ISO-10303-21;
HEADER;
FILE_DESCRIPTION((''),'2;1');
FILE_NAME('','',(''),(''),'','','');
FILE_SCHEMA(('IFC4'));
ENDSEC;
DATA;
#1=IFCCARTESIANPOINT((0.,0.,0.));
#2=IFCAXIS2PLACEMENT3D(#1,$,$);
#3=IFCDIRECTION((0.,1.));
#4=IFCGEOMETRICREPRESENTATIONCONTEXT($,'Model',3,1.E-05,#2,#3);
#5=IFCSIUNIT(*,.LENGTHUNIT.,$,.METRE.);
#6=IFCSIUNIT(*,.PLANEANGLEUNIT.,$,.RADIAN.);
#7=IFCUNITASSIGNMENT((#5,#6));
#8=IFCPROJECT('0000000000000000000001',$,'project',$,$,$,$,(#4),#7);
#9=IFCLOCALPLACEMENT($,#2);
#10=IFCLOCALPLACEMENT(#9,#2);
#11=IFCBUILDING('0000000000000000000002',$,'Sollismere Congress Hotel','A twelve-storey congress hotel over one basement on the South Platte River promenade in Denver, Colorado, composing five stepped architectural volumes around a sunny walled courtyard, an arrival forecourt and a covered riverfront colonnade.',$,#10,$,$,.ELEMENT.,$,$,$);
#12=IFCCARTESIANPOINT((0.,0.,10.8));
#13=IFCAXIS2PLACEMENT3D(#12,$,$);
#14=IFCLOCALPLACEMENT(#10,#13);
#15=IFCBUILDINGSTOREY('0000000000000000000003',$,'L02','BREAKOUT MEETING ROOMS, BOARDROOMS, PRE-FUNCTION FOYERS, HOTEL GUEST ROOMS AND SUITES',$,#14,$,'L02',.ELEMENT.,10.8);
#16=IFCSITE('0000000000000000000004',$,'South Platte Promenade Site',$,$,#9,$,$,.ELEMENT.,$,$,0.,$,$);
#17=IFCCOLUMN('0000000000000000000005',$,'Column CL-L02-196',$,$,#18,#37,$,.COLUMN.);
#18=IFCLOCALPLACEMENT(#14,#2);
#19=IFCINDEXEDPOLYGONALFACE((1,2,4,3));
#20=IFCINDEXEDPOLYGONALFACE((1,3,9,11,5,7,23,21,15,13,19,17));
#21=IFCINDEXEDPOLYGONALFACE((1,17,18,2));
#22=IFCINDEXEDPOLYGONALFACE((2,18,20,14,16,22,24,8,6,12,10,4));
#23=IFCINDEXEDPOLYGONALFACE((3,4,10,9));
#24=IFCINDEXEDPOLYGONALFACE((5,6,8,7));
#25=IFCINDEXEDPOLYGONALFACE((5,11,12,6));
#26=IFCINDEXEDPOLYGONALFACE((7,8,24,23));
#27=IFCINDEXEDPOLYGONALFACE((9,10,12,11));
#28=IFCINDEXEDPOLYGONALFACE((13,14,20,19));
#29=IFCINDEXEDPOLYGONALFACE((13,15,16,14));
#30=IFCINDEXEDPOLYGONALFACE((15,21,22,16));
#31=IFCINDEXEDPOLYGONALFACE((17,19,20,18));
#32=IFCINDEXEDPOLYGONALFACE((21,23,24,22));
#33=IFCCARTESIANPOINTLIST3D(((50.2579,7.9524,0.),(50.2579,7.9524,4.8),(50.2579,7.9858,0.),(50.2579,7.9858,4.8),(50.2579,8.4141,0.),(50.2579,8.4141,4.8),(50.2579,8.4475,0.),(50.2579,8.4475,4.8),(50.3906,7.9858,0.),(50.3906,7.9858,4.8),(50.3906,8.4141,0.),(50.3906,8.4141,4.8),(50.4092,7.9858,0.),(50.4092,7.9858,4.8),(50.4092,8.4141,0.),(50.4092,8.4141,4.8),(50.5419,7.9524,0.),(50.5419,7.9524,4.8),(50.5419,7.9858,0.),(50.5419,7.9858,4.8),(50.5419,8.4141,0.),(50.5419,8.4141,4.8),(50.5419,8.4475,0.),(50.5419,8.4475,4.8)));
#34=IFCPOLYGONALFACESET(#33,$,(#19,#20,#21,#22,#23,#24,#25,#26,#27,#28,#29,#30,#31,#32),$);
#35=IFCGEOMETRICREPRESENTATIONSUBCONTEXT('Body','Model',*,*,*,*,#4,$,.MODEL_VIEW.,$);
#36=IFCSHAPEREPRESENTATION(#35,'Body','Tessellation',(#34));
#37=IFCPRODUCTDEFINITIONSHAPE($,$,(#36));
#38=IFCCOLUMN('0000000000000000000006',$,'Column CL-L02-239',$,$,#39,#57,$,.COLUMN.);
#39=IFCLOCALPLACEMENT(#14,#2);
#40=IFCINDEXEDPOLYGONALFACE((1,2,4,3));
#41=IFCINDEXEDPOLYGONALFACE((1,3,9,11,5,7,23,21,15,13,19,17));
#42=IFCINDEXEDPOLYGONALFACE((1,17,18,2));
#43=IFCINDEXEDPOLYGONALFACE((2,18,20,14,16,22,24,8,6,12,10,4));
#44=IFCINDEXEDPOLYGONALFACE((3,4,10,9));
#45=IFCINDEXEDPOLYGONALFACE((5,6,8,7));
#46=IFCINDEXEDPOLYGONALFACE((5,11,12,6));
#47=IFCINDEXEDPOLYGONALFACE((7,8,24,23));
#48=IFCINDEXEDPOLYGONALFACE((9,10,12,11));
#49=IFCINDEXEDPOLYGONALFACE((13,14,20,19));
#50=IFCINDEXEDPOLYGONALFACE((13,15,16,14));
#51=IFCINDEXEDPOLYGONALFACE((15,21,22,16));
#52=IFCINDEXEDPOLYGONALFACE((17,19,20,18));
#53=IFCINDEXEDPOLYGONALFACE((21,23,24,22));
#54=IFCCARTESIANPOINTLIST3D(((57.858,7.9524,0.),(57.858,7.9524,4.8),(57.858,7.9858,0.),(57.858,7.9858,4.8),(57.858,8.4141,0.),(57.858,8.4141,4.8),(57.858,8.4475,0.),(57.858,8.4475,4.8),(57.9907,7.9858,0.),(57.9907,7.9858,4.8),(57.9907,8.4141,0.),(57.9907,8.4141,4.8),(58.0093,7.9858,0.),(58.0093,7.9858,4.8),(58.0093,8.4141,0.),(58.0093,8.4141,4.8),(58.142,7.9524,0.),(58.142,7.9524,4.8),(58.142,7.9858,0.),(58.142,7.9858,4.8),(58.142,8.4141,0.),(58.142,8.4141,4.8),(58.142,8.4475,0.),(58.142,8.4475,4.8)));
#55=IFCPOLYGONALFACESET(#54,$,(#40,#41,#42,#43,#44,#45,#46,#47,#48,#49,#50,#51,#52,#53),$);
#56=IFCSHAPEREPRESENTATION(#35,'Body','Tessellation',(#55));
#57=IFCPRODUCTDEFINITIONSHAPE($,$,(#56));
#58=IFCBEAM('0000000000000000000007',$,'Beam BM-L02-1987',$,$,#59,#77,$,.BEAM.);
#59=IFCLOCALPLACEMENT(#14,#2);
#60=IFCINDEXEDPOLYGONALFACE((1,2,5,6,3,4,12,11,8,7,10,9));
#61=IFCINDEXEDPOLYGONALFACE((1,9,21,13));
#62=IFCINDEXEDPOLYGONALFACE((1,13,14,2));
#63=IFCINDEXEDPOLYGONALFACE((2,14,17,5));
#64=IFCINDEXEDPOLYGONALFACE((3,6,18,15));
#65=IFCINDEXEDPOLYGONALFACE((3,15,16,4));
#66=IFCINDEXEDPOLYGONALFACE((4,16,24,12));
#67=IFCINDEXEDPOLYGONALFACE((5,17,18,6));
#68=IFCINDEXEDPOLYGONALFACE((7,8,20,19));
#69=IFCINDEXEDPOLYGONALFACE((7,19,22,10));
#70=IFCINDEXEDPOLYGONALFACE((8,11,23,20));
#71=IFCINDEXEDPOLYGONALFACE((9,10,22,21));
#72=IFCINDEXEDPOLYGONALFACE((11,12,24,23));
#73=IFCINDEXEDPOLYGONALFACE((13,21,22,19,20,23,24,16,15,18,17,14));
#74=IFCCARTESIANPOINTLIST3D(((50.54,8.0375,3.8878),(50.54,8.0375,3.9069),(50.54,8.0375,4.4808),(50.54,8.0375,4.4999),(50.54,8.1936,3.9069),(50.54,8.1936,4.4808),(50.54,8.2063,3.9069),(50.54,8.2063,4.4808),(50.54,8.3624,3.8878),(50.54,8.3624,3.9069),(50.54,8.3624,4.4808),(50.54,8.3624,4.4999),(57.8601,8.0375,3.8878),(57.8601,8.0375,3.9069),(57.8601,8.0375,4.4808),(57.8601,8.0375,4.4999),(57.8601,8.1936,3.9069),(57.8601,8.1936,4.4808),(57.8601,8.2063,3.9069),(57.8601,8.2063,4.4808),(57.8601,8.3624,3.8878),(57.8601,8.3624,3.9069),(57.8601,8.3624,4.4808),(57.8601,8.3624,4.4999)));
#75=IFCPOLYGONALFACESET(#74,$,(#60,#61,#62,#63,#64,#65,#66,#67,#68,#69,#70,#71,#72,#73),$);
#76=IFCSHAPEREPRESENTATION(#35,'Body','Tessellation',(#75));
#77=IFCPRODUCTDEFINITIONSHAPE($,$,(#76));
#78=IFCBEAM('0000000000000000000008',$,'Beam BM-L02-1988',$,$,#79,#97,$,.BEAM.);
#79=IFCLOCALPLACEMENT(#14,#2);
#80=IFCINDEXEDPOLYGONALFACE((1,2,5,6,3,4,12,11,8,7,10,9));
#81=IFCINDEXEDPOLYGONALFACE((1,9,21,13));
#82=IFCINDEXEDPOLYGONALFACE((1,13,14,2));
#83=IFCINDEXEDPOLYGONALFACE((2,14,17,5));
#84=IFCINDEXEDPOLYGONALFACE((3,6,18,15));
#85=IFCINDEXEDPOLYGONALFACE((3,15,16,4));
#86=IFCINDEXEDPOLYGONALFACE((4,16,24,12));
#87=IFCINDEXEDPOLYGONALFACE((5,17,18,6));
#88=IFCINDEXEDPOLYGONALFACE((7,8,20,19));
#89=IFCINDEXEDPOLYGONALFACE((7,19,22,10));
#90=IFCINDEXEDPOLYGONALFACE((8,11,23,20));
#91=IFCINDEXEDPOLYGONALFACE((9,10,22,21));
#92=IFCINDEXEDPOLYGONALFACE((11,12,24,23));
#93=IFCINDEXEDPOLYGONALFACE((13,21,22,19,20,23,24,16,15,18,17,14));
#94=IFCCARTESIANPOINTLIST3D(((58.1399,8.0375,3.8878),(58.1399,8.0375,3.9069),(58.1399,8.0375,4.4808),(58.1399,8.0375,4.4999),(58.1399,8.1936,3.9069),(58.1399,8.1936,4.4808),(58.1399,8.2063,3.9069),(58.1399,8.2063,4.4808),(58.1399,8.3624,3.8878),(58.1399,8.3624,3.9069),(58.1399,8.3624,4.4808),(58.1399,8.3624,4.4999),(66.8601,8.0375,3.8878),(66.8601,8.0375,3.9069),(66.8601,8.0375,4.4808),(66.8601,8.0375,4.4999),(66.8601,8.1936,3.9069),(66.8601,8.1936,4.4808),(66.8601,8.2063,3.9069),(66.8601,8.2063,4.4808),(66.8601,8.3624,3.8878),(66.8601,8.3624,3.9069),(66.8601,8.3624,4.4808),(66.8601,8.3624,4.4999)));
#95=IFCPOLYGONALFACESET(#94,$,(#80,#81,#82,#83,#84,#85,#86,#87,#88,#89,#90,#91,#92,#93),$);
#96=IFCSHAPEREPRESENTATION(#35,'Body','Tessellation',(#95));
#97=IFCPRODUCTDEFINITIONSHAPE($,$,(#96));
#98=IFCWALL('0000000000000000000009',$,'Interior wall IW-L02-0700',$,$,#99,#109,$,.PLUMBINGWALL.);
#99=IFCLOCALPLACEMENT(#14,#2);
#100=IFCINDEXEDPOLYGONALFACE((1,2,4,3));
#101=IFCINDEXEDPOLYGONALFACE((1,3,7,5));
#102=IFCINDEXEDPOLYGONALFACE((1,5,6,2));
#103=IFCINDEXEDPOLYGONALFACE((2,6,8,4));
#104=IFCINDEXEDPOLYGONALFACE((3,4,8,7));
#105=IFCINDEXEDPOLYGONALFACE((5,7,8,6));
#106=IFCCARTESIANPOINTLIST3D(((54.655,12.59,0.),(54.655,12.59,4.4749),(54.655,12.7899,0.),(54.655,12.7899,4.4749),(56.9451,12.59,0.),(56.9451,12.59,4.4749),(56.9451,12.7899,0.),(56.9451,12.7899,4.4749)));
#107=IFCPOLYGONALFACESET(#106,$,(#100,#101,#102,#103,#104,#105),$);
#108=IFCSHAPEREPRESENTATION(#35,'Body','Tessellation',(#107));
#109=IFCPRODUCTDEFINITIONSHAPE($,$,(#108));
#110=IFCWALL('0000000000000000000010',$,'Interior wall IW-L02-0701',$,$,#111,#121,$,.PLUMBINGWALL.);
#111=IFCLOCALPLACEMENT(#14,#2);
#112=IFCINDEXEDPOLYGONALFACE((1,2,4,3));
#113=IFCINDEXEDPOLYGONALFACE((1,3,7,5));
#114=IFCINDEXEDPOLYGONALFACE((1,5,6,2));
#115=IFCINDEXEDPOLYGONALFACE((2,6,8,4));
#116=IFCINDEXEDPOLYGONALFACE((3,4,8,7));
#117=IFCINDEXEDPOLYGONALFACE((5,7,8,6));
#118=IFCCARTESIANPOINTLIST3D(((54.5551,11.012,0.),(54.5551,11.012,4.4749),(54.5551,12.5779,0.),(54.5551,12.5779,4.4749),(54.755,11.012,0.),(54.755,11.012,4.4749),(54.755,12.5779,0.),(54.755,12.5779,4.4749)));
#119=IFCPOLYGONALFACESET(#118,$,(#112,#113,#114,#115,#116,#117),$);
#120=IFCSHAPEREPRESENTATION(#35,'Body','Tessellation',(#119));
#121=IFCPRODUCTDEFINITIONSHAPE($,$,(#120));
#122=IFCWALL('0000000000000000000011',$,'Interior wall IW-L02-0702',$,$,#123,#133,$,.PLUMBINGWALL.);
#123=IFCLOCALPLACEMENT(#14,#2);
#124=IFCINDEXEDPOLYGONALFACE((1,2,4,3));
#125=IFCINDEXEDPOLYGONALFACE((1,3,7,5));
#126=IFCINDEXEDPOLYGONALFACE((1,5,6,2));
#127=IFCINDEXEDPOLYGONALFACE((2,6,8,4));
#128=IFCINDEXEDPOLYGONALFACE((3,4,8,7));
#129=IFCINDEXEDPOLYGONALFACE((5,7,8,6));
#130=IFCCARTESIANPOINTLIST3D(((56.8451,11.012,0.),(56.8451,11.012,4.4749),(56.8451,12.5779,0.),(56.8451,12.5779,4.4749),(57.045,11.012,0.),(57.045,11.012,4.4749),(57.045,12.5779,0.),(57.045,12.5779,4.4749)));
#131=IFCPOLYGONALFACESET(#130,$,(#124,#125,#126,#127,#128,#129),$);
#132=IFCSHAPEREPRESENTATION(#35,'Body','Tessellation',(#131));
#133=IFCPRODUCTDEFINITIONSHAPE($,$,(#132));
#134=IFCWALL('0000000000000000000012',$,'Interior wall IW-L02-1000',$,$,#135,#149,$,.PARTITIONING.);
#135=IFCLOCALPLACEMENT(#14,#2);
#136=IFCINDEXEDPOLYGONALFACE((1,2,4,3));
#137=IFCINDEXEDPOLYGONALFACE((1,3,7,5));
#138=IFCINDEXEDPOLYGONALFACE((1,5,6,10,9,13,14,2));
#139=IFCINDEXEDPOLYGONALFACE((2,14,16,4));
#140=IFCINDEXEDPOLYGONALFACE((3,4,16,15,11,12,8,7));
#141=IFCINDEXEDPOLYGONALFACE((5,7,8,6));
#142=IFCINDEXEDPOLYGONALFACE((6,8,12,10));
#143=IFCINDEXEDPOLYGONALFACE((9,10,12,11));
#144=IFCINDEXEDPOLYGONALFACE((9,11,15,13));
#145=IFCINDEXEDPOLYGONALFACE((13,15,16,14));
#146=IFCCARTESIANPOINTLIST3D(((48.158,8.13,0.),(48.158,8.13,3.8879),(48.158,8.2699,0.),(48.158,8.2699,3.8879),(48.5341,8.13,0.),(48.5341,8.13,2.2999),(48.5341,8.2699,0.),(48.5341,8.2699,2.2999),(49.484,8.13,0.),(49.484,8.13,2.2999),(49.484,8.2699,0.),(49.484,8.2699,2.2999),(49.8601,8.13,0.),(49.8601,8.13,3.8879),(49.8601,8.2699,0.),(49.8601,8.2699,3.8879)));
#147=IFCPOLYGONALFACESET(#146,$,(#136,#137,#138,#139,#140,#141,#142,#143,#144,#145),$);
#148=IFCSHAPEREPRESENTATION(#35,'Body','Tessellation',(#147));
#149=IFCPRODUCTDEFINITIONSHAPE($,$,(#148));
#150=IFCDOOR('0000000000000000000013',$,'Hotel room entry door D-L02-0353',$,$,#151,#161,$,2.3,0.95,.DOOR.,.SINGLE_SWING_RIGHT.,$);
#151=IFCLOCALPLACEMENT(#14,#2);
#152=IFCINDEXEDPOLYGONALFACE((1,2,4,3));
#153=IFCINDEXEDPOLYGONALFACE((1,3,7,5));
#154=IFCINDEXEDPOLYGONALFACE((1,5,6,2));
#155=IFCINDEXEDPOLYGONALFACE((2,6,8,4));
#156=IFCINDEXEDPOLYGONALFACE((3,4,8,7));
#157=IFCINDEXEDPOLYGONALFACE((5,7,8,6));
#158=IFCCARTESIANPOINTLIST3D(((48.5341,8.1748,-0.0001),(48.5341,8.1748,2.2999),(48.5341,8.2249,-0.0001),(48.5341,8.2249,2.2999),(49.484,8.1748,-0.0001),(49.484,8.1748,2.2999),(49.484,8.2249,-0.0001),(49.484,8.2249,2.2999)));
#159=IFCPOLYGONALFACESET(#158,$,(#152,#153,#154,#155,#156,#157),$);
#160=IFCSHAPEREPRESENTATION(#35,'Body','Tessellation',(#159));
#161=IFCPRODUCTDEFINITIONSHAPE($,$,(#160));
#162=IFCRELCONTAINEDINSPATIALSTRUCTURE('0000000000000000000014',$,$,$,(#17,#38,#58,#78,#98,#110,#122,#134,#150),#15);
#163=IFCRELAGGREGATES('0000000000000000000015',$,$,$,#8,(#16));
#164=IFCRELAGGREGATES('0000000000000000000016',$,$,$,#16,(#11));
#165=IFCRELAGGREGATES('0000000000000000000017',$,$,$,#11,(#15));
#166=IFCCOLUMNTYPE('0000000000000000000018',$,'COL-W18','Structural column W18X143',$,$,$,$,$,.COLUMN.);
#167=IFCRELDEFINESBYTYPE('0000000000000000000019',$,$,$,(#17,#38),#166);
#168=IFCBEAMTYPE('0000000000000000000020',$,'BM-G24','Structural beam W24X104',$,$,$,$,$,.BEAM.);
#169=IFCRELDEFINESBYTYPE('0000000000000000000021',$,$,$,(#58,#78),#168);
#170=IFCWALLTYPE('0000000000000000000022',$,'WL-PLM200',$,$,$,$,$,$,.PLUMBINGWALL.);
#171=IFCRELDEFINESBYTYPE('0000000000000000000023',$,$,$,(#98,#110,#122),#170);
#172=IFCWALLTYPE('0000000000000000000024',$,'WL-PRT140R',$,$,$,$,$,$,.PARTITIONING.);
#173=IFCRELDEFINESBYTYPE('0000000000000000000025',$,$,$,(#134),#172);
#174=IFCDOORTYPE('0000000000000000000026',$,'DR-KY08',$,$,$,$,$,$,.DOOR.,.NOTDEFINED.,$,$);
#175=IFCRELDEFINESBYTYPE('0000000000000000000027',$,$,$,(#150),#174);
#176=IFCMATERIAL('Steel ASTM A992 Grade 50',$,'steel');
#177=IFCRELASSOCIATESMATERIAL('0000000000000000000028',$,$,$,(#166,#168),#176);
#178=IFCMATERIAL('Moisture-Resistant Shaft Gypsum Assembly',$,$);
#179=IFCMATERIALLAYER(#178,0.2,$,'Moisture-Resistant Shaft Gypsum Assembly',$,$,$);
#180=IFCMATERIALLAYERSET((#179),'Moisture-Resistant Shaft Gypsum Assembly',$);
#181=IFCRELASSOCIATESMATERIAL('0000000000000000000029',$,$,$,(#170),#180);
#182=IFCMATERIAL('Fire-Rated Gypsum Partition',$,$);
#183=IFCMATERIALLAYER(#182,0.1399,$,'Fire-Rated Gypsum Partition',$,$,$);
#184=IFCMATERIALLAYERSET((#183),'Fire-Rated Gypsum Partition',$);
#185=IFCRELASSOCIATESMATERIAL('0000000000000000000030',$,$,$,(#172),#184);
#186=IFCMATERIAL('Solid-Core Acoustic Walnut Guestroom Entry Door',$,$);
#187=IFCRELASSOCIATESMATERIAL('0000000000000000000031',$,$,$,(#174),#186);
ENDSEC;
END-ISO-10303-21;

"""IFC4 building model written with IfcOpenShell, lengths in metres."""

from ifc_helpers import new_model, si_unit, direction, frame, frame_2d, origin, origin_2d, place, context, subcontext, project, spatial, rectangle, i_section, extrude, material, layer, layer_set, material_profile, profile_set, type_object, element, fill, save


model = new_model("IFC4")

# Units and contexts
model_context = context("Model", 3, precision=1e-05, world=origin(), true_north=direction((0.0, 1.0)))
body_context = subcontext(model_context, "Body", "Model", "MODEL_VIEW")
ifc_project = project(units=[si_unit("LENGTHUNIT", "METRE"), si_unit("PLANEANGLEUNIT", "RADIAN")], contexts=[model_context])

# Site, building, storey
site_placement = place(None, origin())
site = spatial("IfcSite", under=ifc_project, at=site_placement, Name="South Platte Promenade Site", CompositionType="ELEMENT", RefElevation=0.0)
building_placement = place(site_placement, origin())
building = spatial("IfcBuilding", under=site, at=building_placement, Name="Sollismere Congress Hotel", Description="A twelve-storey congress hotel over one basement on the South Platte River promenade in Denver, Colorado, composing five stepped architectural volumes around a sunny walled courtyard, an arrival forecourt and a covered riverfront colonnade.", CompositionType="ELEMENT")
storey_placement = place(building_placement, frame((0.0, 0.0, 10.8)))
storey = spatial("IfcBuildingStorey", under=building, at=storey_placement, Name="L02", Description="BREAKOUT MEETING ROOMS, BOARDROOMS, PRE-FUNCTION FOYERS, HOTEL GUEST ROOMS AND SUITES", LongName="L02", CompositionType="ELEMENT", Elevation=10.8)

# Columns
ifc_material_1 = material(Name="Steel ASTM A992 Grade 50", Category="steel")
ifc_material_profile_1 = material_profile(ifc_material_1, i_section(OverallWidth=0.2839, OverallDepth=0.4951, WebThickness=0.0186, FlangeThickness=0.0334, at=origin_2d()), Name="W18X143")
ifc_profile_set_1 = profile_set([ifc_material_profile_1], Name="Steel ASTM A992 Grade 50")
column_type = type_object("IfcColumnType", Name="COL-W18", Description="Structural column W18X143", PredefinedType="COLUMN", material=ifc_profile_set_1)
for number, where, z_axis, x_axis, name in (
    (1, (50.3999, 8.2, 0.0), (0.0, 0.0, 1.0), (1.0, 0.0, 0.0), "Column CL-L02-196"),
    (2, (58.0, 8.2, 0.0), (0.0, 0.0, 1.0), (1.0, 0.0, 0.0), "Column CL-L02-239"),
):
    element("IfcColumn", number, at=place(storey_placement, frame(where, z_axis=z_axis, x_axis=x_axis)), inside=storey, type_object=column_type, Name=name, PredefinedType="COLUMN", context=body_context, shape_type="SweptSolid", body=[
        extrude(i_section(OverallWidth=0.2839, OverallDepth=0.4951, WebThickness=0.0186, FlangeThickness=0.0334, at=origin_2d()), origin(), (0.0, 0.0, 1.0), 4.8),
    ])

# Beams
ifc_material_profile_2 = material_profile(ifc_material_1, i_section(OverallWidth=0.325, OverallDepth=0.6121, WebThickness=0.0127, FlangeThickness=0.019, at=origin_2d()), Name="W24X104")
ifc_profile_set_2 = profile_set([ifc_material_profile_2], Name="Steel ASTM A992 Grade 50")
beam_type = type_object("IfcBeamType", Name="BM-G24", Description="Structural beam W24X104", PredefinedType="BEAM", material=ifc_profile_set_2)
beam_1_placement = place(storey_placement, frame((50.54, 8.2, 4.1938), z_axis=(1.0, 0.0, 0.0), x_axis=(0.0, 1.0, 0.0)))
element("IfcBeam", 3, at=beam_1_placement, inside=storey, type_object=beam_type, Name="Beam BM-L02-1987", PredefinedType="BEAM", context=body_context, shape_type="SweptSolid", body=[
    extrude(i_section(OverallWidth=0.325, OverallDepth=0.6121, WebThickness=0.0127, FlangeThickness=0.019, at=origin_2d()), origin(), (0.0, 0.0, 1.0), 7.3201),
])
beam_2_placement = place(storey_placement, frame((58.1399, 8.2, 4.1938), z_axis=(1.0, 0.0, 0.0), x_axis=(0.0, 1.0, 0.0)))
element("IfcBeam", 4, at=beam_2_placement, inside=storey, type_object=beam_type, Name="Beam BM-L02-1988", PredefinedType="BEAM", context=body_context, shape_type="SweptSolid", body=[
    extrude(i_section(OverallWidth=0.325, OverallDepth=0.6121, WebThickness=0.0127, FlangeThickness=0.019, at=origin_2d()), origin(), (0.0, 0.0, 1.0), 8.7202),
])

# Walls
ifc_material_2 = material(Name="Moisture-Resistant Shaft Gypsum Assembly")
ifc_layer_1 = layer(ifc_material_2, 0.2, Name="Moisture-Resistant Shaft Gypsum Assembly")
ifc_layer_set_1 = layer_set([ifc_layer_1], Name="Moisture-Resistant Shaft Gypsum Assembly")
wall_type_1 = type_object("IfcWallType", Name="WL-PLM200", PredefinedType="PLUMBINGWALL", material=ifc_layer_set_1)
wall_1_placement = place(storey_placement, frame((54.655, 12.6899, 0.0), z_axis=(0.0, 0.0, 1.0), x_axis=(1.0, 0.0, 0.0)))
element("IfcWall", 5, at=wall_1_placement, inside=storey, type_object=wall_type_1, Name="Interior wall IW-L02-0700", PredefinedType="PLUMBINGWALL", context=body_context, shape_type="SweptSolid", body=[
    extrude(rectangle(XDim=2.29, YDim=0.2, at=frame_2d((1.145, 0.0))), origin(), (0.0, 0.0, 1.0), 4.4749),
])
for number, where, z_axis, x_axis, name in (
    (6, (54.655, 11.012, 0.0), (0.0, 0.0, 1.0), (0.0, 1.0, 0.0), "Interior wall IW-L02-0701"),
    (7, (56.9451, 11.012, 0.0), (0.0, 0.0, 1.0), (0.0, 1.0, 0.0), "Interior wall IW-L02-0702"),
):
    element("IfcWall", number, at=place(storey_placement, frame(where, z_axis=z_axis, x_axis=x_axis)), inside=storey, type_object=wall_type_1, Name=name, PredefinedType="PLUMBINGWALL", context=body_context, shape_type="SweptSolid", body=[
        extrude(rectangle(XDim=1.5659, YDim=0.2, at=frame_2d((0.783, 0.0))), origin(), (0.0, 0.0, 1.0), 4.4749),
    ])

# Wall, opening, door
ifc_material_3 = material(Name="Fire-Rated Gypsum Partition")
ifc_layer_2 = layer(ifc_material_3, 0.1399, Name="Fire-Rated Gypsum Partition")
ifc_layer_set_2 = layer_set([ifc_layer_2], Name="Fire-Rated Gypsum Partition")
wall_type_2 = type_object("IfcWallType", Name="WL-PRT140R", PredefinedType="PARTITIONING", material=ifc_layer_set_2)
wall_2_placement = place(storey_placement, frame((48.158, 8.2, 0.0), z_axis=(0.0, 0.0, 1.0), x_axis=(1.0, 0.0, 0.0)))
wall_2 = element("IfcWall", 8, at=wall_2_placement, inside=storey, type_object=wall_type_2, Name="Interior wall IW-L02-1000", PredefinedType="PARTITIONING", context=body_context, shape_type="SweptSolid", body=[
    extrude(rectangle(XDim=1.7021, YDim=0.1399, at=frame_2d((0.8511, 0.0))), origin(), (0.0, 0.0, 1.0), 3.8879),
])
opening_1_placement = place(wall_2_placement, frame((0.376, 0.0, 0.0)))
opening_1 = element("IfcOpeningElement", 9, at=opening_1_placement, cuts=wall_2, PredefinedType="OPENING", context=body_context, shape_type="SweptSolid", body=[
    extrude(rectangle(XDim=0.95, YDim=2.3, at=frame_2d((0.4751, 1.1499))), frame((0.0, 0.0798, 0.0), z_axis=(0.0, -1.0, 0.0), x_axis=(1.0, 0.0, 0.0)), (0.0, 0.0, 1.0), 0.1599),
])
ifc_material_4 = material(Name="Solid-Core Acoustic Walnut Guestroom Entry Door")
door_type_1 = type_object("IfcDoorType", Name="DR-KY08", OperationType="NOTDEFINED", PredefinedType="DOOR", material=ifc_material_4)
door_1_placement = place(opening_1_placement, origin())
door_1 = element("IfcDoor", 10, at=door_1_placement, inside=storey, type_object=door_type_1, Name="Hotel room entry door D-L02-0353", OperationType="SINGLE_SWING_RIGHT", OverallHeight=2.3, OverallWidth=0.95, PredefinedType="DOOR", context=body_context, shape_type="SweptSolid", body=[
    extrude(rectangle(XDim=0.95, YDim=2.3, at=frame_2d((0.4751, 1.1499))), frame((0.0, 0.0249, 0.0), z_axis=(0.0, -1.0, 0.0), x_axis=(1.0, 0.0, 0.0)), (0.0, 0.0, 1.0), 0.05),
])
fill(opening_1, door_1)

save(model, "model.ifc")
